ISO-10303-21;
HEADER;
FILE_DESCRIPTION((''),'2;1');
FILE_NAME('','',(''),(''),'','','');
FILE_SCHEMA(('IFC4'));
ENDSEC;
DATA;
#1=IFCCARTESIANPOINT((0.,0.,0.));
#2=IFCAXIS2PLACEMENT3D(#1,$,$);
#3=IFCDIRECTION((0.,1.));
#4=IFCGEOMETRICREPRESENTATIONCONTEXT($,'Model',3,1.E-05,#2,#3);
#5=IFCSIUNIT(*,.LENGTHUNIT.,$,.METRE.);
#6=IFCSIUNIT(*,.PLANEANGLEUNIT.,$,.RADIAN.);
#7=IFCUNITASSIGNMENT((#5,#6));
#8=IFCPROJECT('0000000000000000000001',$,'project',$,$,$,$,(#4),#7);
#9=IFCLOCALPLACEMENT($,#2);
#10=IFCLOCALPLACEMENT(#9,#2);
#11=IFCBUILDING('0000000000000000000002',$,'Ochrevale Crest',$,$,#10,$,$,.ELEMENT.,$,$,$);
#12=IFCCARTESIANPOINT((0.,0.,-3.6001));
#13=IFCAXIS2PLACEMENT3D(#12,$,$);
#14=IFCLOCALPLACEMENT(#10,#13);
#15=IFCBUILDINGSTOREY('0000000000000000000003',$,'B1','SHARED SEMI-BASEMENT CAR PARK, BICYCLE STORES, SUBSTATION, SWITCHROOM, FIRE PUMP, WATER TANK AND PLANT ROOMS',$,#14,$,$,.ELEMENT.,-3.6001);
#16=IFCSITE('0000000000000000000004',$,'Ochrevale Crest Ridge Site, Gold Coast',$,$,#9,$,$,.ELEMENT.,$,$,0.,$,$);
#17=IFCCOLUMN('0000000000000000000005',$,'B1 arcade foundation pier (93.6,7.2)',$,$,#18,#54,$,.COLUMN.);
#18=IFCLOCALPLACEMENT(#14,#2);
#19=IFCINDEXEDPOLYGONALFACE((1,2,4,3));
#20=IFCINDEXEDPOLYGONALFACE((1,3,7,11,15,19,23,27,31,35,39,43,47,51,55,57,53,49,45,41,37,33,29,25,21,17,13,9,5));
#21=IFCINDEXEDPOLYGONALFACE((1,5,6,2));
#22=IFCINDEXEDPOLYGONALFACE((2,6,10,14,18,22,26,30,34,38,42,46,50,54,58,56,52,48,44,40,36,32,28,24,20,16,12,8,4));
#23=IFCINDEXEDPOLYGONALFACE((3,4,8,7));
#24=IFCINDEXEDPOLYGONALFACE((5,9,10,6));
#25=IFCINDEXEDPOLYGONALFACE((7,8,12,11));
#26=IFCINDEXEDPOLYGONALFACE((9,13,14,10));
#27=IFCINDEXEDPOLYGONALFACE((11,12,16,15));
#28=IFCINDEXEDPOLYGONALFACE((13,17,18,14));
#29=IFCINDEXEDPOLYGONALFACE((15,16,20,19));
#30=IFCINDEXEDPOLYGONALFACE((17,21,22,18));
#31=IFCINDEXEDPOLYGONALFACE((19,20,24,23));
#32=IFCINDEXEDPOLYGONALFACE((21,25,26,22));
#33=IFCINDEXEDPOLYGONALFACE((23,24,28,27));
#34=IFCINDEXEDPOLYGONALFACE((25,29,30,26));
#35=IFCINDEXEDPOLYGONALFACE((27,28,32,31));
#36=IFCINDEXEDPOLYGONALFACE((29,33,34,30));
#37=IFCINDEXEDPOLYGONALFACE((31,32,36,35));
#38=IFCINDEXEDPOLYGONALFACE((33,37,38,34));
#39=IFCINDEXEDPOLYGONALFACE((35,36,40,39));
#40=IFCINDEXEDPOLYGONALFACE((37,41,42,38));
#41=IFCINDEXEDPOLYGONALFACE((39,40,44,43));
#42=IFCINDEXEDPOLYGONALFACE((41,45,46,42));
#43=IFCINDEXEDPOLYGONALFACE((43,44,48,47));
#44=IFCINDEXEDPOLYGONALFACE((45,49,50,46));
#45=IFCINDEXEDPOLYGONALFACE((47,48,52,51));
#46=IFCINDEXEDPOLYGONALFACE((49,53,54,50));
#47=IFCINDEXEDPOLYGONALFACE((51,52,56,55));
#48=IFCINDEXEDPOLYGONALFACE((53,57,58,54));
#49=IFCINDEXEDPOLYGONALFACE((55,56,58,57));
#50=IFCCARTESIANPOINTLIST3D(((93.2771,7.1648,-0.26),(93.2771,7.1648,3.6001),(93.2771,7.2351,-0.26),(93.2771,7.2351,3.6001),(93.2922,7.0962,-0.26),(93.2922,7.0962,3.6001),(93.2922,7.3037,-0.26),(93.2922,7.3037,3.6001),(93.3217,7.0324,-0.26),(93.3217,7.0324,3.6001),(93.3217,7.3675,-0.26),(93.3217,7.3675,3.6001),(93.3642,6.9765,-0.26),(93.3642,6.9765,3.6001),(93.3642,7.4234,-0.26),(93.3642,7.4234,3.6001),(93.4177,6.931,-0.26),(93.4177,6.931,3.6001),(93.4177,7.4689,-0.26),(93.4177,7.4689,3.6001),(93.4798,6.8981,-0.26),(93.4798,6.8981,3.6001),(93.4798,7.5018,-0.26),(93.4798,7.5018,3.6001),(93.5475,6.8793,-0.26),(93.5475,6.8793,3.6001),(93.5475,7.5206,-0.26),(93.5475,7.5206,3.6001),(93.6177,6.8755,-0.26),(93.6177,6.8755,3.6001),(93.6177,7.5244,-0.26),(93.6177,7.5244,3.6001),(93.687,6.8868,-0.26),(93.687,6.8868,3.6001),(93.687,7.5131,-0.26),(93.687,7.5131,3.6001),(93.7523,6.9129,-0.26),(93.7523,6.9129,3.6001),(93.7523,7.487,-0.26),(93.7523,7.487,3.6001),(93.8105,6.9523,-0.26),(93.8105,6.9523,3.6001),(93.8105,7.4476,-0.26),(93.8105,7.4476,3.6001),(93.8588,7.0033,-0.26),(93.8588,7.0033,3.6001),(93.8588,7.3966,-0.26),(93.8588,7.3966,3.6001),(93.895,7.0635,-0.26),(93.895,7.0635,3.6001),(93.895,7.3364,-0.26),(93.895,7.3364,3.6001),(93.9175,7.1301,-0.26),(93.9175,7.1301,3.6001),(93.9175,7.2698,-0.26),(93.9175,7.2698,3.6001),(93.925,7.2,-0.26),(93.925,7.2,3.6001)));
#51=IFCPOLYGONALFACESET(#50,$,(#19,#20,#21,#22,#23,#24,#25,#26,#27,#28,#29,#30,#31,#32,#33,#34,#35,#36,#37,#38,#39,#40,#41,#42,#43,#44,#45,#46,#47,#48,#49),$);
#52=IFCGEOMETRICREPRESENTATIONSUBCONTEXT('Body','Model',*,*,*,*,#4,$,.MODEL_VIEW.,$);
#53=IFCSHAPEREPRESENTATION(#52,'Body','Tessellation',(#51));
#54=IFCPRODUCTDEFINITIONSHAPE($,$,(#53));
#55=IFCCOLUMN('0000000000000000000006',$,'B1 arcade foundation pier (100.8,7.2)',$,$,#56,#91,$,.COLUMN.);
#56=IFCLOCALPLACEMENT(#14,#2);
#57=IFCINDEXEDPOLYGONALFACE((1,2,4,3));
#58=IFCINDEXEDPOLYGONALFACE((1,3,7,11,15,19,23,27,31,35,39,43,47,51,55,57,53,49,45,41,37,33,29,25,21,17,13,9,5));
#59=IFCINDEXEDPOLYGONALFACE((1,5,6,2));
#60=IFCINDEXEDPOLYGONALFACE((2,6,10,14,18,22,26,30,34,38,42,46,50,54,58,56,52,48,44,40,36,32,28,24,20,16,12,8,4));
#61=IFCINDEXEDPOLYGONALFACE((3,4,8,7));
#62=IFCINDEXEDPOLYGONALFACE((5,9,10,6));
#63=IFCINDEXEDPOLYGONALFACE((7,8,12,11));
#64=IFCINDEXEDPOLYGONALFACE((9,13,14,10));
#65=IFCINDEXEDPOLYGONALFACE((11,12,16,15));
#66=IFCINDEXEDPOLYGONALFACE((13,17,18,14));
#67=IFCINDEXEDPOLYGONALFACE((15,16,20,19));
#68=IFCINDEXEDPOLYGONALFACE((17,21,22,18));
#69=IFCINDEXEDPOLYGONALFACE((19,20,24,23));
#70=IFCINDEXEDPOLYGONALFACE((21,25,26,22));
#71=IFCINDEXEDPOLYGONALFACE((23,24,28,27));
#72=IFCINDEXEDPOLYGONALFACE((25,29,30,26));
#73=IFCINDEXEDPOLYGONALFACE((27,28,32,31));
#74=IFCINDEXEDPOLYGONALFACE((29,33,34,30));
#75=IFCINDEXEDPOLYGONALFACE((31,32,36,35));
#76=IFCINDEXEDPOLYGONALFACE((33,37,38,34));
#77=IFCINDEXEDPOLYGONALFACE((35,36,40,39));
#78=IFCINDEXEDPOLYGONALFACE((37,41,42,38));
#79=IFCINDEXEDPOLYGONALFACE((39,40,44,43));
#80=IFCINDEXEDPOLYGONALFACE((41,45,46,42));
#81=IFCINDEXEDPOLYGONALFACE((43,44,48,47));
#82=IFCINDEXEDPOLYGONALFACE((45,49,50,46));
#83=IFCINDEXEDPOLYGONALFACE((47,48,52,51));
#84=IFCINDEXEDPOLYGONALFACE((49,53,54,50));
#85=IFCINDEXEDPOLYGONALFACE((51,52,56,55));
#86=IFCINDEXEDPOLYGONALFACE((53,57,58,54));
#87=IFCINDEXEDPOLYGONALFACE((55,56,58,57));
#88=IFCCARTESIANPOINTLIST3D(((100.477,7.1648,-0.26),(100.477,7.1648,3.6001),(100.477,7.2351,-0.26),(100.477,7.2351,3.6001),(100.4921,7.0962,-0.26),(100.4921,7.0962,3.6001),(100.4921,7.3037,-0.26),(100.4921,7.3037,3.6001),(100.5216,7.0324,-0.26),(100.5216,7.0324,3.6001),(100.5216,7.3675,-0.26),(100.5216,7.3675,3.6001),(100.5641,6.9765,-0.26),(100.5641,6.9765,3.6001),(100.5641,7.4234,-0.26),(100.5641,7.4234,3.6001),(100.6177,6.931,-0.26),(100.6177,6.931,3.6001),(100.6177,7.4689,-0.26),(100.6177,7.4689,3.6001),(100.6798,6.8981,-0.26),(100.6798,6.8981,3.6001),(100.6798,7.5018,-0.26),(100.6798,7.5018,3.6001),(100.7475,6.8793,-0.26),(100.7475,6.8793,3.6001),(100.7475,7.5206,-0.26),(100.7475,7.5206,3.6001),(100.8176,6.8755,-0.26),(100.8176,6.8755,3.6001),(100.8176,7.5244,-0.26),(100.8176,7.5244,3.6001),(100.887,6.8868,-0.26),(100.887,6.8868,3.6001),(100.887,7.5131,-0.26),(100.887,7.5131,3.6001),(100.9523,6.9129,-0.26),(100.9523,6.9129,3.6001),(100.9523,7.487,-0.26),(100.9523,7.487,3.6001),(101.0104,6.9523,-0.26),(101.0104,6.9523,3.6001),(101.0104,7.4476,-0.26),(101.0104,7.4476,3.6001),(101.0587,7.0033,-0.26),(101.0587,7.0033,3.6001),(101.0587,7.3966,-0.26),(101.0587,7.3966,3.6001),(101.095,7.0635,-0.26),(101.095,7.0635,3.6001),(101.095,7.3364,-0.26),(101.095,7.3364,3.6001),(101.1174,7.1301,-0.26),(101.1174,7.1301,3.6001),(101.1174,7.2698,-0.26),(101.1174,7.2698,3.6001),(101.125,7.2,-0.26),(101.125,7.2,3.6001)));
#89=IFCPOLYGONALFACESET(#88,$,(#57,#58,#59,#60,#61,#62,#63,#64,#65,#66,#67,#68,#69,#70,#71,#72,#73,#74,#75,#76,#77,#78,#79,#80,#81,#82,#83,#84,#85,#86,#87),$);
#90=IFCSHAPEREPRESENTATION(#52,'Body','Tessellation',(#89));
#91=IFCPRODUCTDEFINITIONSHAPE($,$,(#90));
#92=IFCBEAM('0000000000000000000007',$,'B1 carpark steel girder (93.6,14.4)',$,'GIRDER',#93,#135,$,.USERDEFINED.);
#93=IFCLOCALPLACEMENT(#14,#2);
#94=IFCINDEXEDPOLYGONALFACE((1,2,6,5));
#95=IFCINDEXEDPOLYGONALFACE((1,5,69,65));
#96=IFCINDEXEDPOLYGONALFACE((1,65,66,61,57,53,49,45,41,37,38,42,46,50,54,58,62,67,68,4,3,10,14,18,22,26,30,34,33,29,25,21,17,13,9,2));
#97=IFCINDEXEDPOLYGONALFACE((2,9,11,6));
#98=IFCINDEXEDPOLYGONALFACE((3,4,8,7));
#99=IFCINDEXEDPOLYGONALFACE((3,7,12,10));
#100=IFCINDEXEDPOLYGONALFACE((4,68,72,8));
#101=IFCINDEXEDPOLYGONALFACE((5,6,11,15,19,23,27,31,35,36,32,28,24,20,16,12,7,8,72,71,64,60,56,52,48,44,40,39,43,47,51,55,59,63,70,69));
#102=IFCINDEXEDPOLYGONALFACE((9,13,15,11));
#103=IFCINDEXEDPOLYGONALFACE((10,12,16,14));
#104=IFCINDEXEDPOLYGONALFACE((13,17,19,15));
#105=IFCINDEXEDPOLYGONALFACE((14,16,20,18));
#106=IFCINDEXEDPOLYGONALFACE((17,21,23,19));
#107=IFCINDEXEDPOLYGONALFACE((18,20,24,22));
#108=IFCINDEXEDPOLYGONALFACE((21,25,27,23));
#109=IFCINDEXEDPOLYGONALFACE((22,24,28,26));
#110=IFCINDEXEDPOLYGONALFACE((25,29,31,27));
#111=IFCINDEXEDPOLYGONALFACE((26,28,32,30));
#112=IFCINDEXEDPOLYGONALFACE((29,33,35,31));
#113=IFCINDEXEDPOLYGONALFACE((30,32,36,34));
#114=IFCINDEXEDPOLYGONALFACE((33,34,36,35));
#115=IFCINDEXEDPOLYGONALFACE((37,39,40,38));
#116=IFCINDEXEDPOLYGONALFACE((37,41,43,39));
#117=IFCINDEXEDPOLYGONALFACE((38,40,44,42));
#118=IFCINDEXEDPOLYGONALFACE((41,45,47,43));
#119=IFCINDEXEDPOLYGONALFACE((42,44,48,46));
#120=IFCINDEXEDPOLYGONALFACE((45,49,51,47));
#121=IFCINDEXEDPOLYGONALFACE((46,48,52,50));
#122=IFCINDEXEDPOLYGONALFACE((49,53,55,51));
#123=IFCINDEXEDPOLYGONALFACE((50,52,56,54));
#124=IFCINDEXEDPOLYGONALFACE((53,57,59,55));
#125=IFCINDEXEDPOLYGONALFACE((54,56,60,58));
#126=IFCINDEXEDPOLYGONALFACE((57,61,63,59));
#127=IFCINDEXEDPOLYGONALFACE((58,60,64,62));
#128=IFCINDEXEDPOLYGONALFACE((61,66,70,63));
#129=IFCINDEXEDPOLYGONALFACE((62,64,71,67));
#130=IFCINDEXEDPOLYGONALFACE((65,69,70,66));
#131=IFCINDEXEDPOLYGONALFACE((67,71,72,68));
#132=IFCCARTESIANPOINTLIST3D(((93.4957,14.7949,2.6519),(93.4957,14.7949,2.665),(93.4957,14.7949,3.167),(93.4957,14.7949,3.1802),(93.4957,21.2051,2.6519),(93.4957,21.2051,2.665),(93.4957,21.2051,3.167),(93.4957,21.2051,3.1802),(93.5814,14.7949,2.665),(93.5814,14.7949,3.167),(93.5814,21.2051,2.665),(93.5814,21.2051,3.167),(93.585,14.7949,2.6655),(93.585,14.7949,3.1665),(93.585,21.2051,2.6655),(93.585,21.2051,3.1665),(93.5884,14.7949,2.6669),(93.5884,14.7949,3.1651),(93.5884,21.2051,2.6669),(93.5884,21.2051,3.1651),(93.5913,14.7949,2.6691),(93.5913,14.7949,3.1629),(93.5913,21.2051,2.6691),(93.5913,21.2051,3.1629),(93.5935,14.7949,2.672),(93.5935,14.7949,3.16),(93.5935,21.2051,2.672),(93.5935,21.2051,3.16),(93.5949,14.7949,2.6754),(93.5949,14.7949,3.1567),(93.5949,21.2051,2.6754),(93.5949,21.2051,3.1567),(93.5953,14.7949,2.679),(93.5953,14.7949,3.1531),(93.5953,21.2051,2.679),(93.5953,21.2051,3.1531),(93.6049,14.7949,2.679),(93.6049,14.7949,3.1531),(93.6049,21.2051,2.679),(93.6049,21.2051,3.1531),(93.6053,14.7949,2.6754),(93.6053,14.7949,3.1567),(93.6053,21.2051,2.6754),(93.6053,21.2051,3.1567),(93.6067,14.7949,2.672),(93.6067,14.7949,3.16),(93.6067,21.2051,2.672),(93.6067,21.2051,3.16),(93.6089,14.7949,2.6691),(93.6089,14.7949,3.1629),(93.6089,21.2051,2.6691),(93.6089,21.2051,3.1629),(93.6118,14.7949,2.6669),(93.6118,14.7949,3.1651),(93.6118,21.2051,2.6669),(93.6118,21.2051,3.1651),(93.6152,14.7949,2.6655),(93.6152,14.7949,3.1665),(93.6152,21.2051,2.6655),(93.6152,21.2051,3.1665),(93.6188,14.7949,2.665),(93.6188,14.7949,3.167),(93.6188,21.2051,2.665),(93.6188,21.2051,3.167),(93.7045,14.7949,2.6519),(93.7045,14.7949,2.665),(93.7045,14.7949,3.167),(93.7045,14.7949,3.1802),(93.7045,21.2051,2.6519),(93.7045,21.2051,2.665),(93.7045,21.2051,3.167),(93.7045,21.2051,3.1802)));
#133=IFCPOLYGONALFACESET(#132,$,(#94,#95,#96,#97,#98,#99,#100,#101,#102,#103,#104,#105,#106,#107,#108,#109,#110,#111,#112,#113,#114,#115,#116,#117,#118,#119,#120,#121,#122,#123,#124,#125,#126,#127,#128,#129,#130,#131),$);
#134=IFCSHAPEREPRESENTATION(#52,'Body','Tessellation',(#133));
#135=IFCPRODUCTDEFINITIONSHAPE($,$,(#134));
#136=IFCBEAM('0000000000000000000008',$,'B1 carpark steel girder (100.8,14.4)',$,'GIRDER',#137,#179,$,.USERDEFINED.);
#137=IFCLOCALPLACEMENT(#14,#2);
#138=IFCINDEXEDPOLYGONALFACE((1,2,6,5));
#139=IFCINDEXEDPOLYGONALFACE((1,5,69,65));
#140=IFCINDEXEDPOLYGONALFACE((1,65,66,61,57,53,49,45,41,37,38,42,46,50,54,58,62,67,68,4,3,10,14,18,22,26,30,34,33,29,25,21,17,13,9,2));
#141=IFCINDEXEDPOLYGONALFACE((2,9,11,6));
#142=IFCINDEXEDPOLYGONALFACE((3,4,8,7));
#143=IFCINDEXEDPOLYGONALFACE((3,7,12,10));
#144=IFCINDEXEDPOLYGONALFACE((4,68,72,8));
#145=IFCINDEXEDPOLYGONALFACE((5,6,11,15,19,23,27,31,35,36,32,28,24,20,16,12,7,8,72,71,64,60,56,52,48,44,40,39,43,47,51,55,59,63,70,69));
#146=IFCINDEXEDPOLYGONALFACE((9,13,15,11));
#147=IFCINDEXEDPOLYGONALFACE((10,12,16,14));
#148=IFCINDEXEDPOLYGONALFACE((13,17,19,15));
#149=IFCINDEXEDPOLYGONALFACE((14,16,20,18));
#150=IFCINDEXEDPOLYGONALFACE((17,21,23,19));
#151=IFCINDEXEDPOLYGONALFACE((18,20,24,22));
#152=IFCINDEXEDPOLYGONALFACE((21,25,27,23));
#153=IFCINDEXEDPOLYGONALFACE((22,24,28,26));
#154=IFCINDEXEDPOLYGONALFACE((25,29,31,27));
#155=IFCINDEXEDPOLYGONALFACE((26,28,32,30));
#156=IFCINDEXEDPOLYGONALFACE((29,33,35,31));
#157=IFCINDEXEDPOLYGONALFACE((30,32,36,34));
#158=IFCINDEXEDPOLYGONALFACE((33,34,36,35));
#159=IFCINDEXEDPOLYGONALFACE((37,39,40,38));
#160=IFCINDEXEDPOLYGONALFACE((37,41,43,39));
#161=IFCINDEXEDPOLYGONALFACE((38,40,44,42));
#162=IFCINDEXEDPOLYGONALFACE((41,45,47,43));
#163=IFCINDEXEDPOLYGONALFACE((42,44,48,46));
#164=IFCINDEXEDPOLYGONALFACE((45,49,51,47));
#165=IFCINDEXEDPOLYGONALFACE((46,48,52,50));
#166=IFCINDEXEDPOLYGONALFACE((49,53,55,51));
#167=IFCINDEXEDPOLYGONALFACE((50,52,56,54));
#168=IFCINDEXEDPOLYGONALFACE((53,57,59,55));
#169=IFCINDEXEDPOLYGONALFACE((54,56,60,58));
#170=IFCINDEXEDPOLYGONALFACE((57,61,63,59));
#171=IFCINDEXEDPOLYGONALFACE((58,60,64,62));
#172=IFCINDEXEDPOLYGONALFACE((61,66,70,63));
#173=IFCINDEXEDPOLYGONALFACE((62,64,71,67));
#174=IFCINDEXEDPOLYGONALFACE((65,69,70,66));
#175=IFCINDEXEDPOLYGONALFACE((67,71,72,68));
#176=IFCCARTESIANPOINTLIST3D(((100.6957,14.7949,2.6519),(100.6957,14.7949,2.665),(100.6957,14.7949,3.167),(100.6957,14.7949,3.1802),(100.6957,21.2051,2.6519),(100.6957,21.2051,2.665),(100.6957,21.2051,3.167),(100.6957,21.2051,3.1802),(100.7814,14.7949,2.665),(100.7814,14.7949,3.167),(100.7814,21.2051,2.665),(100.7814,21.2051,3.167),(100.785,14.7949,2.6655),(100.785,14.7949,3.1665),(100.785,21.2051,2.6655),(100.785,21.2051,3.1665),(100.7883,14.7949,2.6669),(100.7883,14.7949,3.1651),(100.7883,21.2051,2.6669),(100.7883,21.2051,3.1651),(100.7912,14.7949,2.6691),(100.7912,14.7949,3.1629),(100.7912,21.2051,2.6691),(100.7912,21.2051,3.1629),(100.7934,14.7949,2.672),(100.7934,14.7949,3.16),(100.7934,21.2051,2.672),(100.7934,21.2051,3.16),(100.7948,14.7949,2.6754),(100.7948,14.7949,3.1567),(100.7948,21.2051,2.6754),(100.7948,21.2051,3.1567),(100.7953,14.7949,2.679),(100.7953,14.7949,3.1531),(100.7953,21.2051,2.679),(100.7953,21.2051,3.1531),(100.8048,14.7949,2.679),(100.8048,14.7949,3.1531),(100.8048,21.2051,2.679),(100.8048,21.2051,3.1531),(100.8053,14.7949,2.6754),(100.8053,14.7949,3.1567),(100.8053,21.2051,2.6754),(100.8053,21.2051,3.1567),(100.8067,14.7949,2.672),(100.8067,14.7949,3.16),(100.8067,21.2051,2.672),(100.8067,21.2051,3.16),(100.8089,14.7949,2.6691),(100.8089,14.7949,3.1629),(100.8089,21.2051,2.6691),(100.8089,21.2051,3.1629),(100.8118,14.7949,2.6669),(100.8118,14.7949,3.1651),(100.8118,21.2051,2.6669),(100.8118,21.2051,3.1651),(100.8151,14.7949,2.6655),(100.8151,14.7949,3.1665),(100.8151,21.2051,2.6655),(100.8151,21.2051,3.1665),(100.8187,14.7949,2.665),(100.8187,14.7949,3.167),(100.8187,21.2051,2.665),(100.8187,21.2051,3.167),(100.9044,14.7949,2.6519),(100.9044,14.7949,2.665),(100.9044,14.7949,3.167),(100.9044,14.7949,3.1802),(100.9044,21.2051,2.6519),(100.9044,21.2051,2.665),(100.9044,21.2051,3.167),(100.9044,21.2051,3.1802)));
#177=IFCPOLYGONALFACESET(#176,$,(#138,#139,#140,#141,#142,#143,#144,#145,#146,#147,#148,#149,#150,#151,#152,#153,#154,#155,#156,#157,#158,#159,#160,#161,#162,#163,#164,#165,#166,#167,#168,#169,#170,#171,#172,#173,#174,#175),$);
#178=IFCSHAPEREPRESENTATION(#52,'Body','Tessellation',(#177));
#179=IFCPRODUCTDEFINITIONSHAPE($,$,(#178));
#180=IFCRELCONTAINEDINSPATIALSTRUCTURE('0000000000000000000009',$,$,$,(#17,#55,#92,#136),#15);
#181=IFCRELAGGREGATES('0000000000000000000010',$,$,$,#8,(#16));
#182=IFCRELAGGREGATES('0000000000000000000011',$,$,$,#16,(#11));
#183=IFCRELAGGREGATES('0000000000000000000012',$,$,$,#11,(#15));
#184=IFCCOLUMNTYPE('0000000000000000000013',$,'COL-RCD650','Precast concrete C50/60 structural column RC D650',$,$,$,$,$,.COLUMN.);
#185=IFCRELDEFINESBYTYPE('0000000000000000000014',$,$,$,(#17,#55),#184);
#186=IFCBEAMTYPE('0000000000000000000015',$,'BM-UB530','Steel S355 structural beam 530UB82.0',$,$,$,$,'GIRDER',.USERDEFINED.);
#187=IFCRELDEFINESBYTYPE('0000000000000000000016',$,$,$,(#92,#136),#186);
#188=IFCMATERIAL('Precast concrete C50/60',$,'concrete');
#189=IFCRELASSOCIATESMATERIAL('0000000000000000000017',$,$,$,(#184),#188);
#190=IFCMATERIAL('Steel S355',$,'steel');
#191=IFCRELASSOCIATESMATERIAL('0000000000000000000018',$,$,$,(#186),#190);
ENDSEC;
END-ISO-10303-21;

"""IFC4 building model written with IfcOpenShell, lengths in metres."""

from ifc_helpers import new_model, si_unit, direction, frame, origin, origin_2d, place, context, subcontext, project, spatial, circle, i_section, extrude, material, material_profile, profile_set, type_object, element, save


model = new_model("IFC4")

# Units and contexts
model_context = context("Model", 3, precision=1e-05, world=origin(), true_north=direction((0.0, 1.0)))
body_context = subcontext(model_context, "Body", "Model", "MODEL_VIEW")
ifc_project = project(units=[si_unit("LENGTHUNIT", "METRE"), si_unit("PLANEANGLEUNIT", "RADIAN")], contexts=[model_context])

# Site, building, storey
site_placement = place(None, origin())
site = spatial("IfcSite", under=ifc_project, at=site_placement, Name="Ochrevale Crest Ridge Site, Gold Coast", CompositionType="ELEMENT", RefElevation=0.0)
building_placement = place(site_placement, origin())
building = spatial("IfcBuilding", under=site, at=building_placement, Name="Ochrevale Crest", CompositionType="ELEMENT")
storey_placement = place(building_placement, frame((0.0, 0.0, -3.6001)))
storey = spatial("IfcBuildingStorey", under=building, at=storey_placement, Name="B1", Description="SHARED SEMI-BASEMENT CAR PARK, BICYCLE STORES, SUBSTATION, SWITCHROOM, FIRE PUMP, WATER TANK AND PLANT ROOMS", CompositionType="ELEMENT", Elevation=-3.6001)

# Columns
ifc_material_1 = material(Name="Precast concrete C50/60", Category="concrete")
ifc_material_profile_1 = material_profile(ifc_material_1, circle(Radius=0.325, at=origin_2d()), Name="RC D650")
ifc_profile_set_1 = profile_set([ifc_material_profile_1], Name="Precast concrete C50/60")
column_type_1 = type_object("IfcColumnType", Name="COL-RCD650", Description="Precast concrete C50/60 structural column RC D650", PredefinedType="COLUMN", material=ifc_profile_set_1)
for number, where, z_axis, x_axis, name in (
    (1, (93.6001, 7.2, -0.26), (0.0, 0.0, 1.0), (1.0, 0.0, 0.0), "B1 arcade foundation pier (93.6,7.2)"),
    (2, (100.8, 7.2, -0.26), (0.0, 0.0, 1.0), (1.0, 0.0, 0.0), "B1 arcade foundation pier (100.8,7.2)"),
):
    element("IfcColumn", number, at=place(storey_placement, frame(where, z_axis=z_axis, x_axis=x_axis)), inside=storey, type_object=column_type_1, Name=name, PredefinedType="COLUMN", context=body_context, shape_type="SweptSolid", body=[
        extrude(circle(Radius=0.325, at=origin_2d()), origin(), (0.0, 0.0, 1.0), 3.8601),
    ])

# Beams
ifc_material_2 = material(Name="Steel S355", Category="steel")
ifc_material_profile_2 = material_profile(ifc_material_2, i_section(OverallWidth=0.2087, OverallDepth=0.5283, WebThickness=0.0095, FlangeThickness=0.0132, FilletRadius=0.0139, at=origin_2d()), Name="530UB82.0")
ifc_profile_set_2 = profile_set([ifc_material_profile_2], Name="Steel S355")
beam_type = type_object("IfcBeamType", Name="BM-UB530", Description="Steel S355 structural beam 530UB82.0", ElementType="GIRDER", PredefinedType="USERDEFINED", material=ifc_profile_set_2)
for number, where, z_axis, x_axis, name in (
    (3, (93.6001, 14.7949, 2.916), (0.0, 1.0, 0.0), (-1.0, 0.0, 0.0), "B1 carpark steel girder (93.6,14.4)"),
    (4, (100.8, 14.7949, 2.916), (0.0, 1.0, 0.0), (-1.0, 0.0, 0.0), "B1 carpark steel girder (100.8,14.4)"),
):
    element("IfcBeam", number, at=place(storey_placement, frame(where, z_axis=z_axis, x_axis=x_axis)), inside=storey, type_object=beam_type, Name=name, ObjectType="GIRDER", PredefinedType="USERDEFINED", context=body_context, shape_type="SweptSolid", body=[
        extrude(i_section(OverallWidth=0.2087, OverallDepth=0.5283, WebThickness=0.0095, FlangeThickness=0.0132, FilletRadius=0.0139, at=origin_2d()), origin(), (0.0, 0.0, 1.0), 6.4102),
    ])

save(model, "model.ifc")
